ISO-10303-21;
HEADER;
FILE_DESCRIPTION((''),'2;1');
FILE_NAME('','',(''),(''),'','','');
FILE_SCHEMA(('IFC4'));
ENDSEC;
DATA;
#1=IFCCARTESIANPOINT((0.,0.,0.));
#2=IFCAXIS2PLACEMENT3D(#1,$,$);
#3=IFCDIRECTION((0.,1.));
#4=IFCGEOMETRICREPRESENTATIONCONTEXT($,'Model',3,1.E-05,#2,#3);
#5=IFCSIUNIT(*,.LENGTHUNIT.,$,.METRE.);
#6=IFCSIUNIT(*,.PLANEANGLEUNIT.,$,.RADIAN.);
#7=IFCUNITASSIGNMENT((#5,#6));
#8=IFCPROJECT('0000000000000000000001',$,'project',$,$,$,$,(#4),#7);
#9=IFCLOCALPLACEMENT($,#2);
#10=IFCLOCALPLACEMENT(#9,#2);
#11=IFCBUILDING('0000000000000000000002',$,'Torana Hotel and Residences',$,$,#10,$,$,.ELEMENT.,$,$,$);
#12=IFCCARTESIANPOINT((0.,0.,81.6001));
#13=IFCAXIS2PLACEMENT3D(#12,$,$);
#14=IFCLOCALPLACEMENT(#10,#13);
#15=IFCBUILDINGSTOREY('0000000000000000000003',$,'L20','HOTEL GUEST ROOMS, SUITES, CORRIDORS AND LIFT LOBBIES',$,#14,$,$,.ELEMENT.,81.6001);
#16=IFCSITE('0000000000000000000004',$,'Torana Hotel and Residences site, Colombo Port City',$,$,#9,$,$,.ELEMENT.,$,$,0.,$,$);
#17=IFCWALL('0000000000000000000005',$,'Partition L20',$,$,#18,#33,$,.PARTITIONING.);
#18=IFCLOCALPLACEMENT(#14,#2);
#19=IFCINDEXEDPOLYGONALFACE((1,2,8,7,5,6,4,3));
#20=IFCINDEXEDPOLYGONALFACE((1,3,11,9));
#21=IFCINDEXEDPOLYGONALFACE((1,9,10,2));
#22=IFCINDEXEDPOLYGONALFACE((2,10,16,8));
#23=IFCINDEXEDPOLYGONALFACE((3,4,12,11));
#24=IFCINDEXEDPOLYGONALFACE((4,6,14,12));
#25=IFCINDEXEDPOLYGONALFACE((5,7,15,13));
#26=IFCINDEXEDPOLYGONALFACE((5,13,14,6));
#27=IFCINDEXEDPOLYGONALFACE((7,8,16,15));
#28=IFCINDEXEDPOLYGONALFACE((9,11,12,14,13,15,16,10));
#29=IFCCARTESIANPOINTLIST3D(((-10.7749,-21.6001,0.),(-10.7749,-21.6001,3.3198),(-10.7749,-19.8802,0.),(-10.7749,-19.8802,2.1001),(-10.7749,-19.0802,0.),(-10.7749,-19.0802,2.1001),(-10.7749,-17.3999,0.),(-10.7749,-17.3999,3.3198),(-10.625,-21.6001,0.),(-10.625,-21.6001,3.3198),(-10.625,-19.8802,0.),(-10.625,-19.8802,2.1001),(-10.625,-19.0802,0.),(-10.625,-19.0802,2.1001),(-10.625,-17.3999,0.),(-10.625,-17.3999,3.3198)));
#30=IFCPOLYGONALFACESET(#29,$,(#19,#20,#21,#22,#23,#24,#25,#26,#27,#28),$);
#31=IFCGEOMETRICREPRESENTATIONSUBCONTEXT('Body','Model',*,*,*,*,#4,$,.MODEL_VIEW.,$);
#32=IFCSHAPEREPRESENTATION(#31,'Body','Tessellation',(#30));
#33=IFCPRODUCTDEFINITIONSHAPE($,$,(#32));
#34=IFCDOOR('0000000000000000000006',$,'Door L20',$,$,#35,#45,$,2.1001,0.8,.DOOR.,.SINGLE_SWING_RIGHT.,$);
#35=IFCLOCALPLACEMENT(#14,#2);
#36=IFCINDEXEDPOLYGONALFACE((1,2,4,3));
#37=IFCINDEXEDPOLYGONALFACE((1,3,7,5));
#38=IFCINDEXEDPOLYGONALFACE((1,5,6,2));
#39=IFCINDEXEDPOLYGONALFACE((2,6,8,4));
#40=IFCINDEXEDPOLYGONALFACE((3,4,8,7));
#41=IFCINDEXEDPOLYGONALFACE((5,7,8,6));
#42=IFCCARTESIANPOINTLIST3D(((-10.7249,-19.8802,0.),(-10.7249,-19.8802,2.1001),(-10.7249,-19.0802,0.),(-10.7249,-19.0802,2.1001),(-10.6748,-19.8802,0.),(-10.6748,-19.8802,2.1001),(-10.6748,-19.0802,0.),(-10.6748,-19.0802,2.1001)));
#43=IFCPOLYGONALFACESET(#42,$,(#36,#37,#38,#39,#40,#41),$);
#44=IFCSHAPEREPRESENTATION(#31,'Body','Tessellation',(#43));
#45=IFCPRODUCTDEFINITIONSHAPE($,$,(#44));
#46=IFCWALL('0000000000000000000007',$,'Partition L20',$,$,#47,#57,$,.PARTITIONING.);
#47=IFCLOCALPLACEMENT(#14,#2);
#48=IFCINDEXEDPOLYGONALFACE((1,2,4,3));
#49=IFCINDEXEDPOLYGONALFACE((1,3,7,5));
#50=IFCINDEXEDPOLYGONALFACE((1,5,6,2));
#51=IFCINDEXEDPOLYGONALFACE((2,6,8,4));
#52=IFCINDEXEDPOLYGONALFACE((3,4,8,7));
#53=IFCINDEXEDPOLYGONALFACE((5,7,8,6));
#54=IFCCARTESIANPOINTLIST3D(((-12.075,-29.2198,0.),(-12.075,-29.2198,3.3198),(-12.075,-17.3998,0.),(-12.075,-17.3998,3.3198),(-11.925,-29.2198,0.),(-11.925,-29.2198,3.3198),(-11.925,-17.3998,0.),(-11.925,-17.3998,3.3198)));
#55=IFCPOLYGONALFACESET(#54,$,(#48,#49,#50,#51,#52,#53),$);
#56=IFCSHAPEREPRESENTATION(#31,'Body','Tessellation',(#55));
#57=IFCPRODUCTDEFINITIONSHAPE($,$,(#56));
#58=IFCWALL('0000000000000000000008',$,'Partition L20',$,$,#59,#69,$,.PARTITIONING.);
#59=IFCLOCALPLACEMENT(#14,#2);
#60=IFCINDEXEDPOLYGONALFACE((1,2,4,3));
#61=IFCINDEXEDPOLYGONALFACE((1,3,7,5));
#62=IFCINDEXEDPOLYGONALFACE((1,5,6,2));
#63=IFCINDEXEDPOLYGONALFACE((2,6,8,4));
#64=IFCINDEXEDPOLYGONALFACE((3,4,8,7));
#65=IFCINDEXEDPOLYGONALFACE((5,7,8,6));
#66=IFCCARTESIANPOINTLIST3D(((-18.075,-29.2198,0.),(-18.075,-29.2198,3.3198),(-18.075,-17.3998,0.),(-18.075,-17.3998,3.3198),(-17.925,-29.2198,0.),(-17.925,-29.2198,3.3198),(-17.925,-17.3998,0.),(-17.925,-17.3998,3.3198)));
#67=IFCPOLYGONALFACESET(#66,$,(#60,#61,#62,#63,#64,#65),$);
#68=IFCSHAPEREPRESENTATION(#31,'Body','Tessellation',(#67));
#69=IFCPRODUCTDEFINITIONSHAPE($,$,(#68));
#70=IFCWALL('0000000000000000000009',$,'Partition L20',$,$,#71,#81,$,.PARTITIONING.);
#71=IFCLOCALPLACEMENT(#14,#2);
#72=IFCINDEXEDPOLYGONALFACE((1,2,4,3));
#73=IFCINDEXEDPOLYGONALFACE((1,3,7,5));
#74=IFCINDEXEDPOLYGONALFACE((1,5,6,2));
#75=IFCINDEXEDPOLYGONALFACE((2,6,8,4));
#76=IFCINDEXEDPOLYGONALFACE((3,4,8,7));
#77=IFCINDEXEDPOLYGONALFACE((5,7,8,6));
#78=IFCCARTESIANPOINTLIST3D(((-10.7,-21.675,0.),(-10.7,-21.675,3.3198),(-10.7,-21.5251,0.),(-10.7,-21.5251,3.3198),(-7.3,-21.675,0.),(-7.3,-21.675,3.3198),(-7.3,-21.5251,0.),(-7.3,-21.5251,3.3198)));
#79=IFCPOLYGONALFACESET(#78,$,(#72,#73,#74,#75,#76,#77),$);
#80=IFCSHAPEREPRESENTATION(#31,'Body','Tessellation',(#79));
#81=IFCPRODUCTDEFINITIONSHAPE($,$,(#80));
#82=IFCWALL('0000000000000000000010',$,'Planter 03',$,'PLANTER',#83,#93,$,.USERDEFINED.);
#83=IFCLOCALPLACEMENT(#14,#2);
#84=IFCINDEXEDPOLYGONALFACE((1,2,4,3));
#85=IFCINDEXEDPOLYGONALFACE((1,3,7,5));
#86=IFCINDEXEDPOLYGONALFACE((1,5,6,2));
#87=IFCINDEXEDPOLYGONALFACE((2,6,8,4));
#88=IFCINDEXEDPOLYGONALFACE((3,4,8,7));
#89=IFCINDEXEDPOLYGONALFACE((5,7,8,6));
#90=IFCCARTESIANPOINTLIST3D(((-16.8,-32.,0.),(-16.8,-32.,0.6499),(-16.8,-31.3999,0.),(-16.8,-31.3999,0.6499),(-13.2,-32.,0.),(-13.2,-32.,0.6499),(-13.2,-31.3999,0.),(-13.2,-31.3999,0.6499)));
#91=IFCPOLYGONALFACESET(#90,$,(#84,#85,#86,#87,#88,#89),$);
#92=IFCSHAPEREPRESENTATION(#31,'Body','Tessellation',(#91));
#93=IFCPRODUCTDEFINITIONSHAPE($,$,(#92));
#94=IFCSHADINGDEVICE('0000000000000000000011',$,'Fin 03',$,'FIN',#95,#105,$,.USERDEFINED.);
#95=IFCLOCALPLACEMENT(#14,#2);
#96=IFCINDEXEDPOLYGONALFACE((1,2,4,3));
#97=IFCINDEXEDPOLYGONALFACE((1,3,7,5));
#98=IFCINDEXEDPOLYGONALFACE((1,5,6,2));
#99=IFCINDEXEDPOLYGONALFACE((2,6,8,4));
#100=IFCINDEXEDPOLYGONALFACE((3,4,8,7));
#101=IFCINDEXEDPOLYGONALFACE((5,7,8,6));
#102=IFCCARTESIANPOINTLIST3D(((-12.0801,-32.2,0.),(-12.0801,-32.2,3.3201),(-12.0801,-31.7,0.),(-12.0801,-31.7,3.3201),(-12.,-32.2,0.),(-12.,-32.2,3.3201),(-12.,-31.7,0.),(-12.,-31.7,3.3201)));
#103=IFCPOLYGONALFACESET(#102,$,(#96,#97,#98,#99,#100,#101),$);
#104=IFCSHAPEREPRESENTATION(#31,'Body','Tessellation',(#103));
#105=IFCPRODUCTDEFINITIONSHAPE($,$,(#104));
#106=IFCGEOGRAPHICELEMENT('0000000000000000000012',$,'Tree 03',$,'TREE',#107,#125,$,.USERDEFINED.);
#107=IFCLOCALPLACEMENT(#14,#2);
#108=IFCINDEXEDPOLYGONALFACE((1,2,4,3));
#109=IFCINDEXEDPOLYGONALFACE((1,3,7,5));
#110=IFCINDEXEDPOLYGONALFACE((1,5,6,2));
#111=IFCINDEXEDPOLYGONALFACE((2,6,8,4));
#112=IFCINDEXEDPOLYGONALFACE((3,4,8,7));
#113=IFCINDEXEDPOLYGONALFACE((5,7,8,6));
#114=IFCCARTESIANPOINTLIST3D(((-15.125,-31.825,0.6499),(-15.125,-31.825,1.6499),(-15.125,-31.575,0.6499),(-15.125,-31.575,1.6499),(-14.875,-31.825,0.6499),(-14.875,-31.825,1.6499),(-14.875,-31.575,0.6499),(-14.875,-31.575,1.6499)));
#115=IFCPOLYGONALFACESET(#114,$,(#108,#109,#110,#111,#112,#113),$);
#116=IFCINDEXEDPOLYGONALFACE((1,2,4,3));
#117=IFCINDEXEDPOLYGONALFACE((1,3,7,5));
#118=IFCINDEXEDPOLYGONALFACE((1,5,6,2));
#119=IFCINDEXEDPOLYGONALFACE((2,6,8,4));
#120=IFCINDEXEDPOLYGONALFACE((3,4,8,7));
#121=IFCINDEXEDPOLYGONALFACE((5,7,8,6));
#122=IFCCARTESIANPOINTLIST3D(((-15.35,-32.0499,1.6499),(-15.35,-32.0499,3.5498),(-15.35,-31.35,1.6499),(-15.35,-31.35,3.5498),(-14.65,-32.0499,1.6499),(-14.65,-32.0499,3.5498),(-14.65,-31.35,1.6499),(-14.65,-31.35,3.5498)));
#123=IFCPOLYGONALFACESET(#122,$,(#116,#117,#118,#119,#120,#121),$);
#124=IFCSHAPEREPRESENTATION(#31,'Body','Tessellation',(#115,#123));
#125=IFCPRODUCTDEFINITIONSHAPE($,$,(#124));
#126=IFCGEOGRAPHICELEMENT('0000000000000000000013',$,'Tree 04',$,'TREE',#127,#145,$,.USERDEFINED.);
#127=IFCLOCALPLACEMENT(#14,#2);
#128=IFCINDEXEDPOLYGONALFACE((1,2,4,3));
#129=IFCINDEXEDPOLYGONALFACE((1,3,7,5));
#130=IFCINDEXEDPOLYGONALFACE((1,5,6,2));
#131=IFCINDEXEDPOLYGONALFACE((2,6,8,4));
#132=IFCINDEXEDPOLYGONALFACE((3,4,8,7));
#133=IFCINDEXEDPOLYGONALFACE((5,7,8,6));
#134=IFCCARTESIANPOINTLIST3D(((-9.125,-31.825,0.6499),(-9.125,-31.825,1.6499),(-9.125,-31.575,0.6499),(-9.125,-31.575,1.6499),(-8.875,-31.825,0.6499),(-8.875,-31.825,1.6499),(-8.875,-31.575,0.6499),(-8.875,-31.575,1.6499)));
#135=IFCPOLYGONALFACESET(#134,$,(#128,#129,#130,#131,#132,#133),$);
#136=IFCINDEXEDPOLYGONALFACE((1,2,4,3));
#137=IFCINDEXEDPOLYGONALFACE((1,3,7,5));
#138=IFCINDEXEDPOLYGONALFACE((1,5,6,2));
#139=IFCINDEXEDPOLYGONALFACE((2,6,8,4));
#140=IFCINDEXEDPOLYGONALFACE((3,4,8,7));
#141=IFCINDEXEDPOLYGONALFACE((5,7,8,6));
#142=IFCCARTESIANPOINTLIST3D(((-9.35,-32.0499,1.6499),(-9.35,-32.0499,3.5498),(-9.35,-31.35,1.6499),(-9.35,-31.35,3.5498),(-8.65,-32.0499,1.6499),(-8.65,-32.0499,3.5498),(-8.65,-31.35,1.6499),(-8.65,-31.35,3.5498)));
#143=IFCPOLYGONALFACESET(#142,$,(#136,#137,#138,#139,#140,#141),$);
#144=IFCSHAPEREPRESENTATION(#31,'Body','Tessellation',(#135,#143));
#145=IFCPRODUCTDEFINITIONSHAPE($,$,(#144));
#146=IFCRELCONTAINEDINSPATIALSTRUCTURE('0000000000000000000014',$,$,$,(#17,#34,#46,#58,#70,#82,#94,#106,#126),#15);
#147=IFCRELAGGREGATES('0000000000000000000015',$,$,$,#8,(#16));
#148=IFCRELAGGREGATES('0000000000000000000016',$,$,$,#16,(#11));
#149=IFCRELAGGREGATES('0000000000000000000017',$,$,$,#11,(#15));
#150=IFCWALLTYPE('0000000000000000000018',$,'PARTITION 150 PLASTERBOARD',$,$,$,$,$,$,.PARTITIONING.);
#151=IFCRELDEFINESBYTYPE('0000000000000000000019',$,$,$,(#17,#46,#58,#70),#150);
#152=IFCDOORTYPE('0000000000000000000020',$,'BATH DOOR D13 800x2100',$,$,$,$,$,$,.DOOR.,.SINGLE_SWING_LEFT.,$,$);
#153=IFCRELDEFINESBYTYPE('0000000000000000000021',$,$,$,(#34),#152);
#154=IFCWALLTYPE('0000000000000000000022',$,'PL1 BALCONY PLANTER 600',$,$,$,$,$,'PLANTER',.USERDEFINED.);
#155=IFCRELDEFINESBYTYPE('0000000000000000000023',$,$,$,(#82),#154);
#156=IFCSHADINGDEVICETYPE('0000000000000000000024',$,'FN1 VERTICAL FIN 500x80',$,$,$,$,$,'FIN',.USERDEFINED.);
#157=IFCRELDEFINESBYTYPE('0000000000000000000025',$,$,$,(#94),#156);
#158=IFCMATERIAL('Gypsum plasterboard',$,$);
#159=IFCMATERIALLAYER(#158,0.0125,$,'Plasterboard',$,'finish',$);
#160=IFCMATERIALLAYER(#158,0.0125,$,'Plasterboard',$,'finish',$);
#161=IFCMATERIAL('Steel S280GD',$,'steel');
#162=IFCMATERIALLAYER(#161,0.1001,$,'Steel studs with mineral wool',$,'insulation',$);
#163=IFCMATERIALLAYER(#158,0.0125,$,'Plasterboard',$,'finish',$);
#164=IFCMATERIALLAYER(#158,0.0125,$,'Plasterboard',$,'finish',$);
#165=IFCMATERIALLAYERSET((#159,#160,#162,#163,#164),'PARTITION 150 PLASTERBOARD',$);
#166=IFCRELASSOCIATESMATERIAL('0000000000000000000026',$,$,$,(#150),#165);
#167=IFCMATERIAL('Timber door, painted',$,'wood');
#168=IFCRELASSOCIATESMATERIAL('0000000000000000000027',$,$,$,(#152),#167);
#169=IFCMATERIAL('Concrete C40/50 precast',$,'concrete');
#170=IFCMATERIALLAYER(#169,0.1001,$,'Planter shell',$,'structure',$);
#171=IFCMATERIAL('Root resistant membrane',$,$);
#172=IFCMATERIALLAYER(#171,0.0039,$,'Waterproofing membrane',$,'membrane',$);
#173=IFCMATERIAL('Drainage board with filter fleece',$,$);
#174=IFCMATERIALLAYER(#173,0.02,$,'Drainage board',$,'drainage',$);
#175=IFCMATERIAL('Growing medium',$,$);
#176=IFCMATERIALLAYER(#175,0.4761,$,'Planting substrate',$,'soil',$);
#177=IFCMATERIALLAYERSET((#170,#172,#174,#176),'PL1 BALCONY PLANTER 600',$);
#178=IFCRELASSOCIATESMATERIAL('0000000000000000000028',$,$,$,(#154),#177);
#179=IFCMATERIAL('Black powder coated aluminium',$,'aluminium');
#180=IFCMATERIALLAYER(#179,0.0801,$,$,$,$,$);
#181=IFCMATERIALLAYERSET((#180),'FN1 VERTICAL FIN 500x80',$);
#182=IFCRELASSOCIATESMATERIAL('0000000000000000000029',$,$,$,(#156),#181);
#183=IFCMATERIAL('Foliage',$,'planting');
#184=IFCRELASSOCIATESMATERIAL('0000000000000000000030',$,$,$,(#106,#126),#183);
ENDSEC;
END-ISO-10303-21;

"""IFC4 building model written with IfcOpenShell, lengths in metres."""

from ifc_helpers import new_model, si_unit, direction, frame, frame_2d, origin, origin_2d, place, context, subcontext, project, spatial, rectangle, extrude, material, layer, layer_set, type_object, element, fill, save


model = new_model("IFC4")

# Units and contexts
model_context = context("Model", 3, precision=1e-05, world=origin(), true_north=direction((0.0, 1.0)))
body_context = subcontext(model_context, "Body", "Model", "MODEL_VIEW")
ifc_project = project(units=[si_unit("LENGTHUNIT", "METRE"), si_unit("PLANEANGLEUNIT", "RADIAN")], contexts=[model_context])

# Site, building, storey
site_placement = place(None, origin())
site = spatial("IfcSite", under=ifc_project, at=site_placement, Name="Torana Hotel and Residences site, Colombo Port City", CompositionType="ELEMENT", RefElevation=0.0)
building_placement = place(site_placement, origin())
building = spatial("IfcBuilding", under=site, at=building_placement, Name="Torana Hotel and Residences", CompositionType="ELEMENT")
storey_placement = place(building_placement, frame((0.0, 0.0, 81.6001)))
storey = spatial("IfcBuildingStorey", under=building, at=storey_placement, Name="L20", Description="HOTEL GUEST ROOMS, SUITES, CORRIDORS AND LIFT LOBBIES", CompositionType="ELEMENT", Elevation=81.6001)

# Wall, opening, door
ifc_material_1 = material(Name="Gypsum plasterboard")
ifc_layer_1 = layer(ifc_material_1, 0.0125, Name="Plasterboard", Category="finish")
ifc_layer_2 = layer(ifc_material_1, 0.0125, Name="Plasterboard", Category="finish")
ifc_material_2 = material(Name="Steel S280GD", Category="steel")
ifc_layer_3 = layer(ifc_material_2, 0.1001, Name="Steel studs with mineral wool", Category="insulation")
ifc_layer_4 = layer(ifc_material_1, 0.0125, Name="Plasterboard", Category="finish")
ifc_layer_5 = layer(ifc_material_1, 0.0125, Name="Plasterboard", Category="finish")
ifc_layer_set_1 = layer_set([ifc_layer_1, ifc_layer_2, ifc_layer_3, ifc_layer_4, ifc_layer_5], Name="PARTITION 150 PLASTERBOARD")
wall_type_1 = type_object("IfcWallType", Name="PARTITION 150 PLASTERBOARD", PredefinedType="PARTITIONING", material=ifc_layer_set_1)
wall_1_placement = place(storey_placement, frame((-10.7, -21.6001, 0.0), z_axis=(0.0, 0.0, 1.0), x_axis=(0.0, 1.0, 0.0)))
wall_1 = element("IfcWall", 1, at=wall_1_placement, inside=storey, type_object=wall_type_1, Name="Partition L20", PredefinedType="PARTITIONING", context=body_context, shape_type="SweptSolid", body=[
    extrude(rectangle(XDim=4.2002, YDim=0.1499, at=frame_2d((2.1001, 0.0))), origin(), (0.0, 0.0, 1.0), 3.3198),
])
opening_1_placement = place(wall_1_placement, frame((1.72, 0.0, 0.0)))
opening_1 = element("IfcOpeningElement", 2, at=opening_1_placement, cuts=wall_1, PredefinedType="OPENING", context=body_context, shape_type="SweptSolid", body=[
    extrude(rectangle(XDim=0.8, YDim=2.1001, at=frame_2d((0.3999, 1.05))), frame((0.0, 0.085, 0.0), z_axis=(0.0, -1.0, 0.0), x_axis=(1.0, 0.0, 0.0)), (0.0, 0.0, 1.0), 0.1699),
])
ifc_material_3 = material(Name="Timber door, painted", Category="wood")
door_type_1 = type_object("IfcDoorType", Name="BATH DOOR D13 800x2100", OperationType="SINGLE_SWING_LEFT", PredefinedType="DOOR", material=ifc_material_3)
door_1_placement = place(opening_1_placement, origin())
door_1 = element("IfcDoor", 3, at=door_1_placement, inside=storey, type_object=door_type_1, Name="Door L20", OperationType="SINGLE_SWING_RIGHT", OverallHeight=2.1001, OverallWidth=0.8, PredefinedType="DOOR", context=body_context, shape_type="SweptSolid", body=[
    extrude(rectangle(XDim=0.8, YDim=2.1001, at=frame_2d((0.3999, 1.05))), frame((0.0, 0.0249, 0.0), z_axis=(0.0, -1.0, 0.0), x_axis=(1.0, 0.0, 0.0)), (0.0, 0.0, 1.0), 0.05),
])
fill(opening_1, door_1)

# Walls
for number, where, z_axis, x_axis, name in (
    (4, (-12.0, -29.22, 0.0), (0.0, 0.0, 1.0), (0.0, 1.0, 0.0), "Partition L20"),
    (5, (-18.0, -29.22, 0.0), (0.0, 0.0, 1.0), (0.0, 1.0, 0.0), "Partition L20"),
):
    element("IfcWall", number, at=place(storey_placement, frame(where, z_axis=z_axis, x_axis=x_axis)), inside=storey, type_object=wall_type_1, Name=name, PredefinedType="PARTITIONING", context=body_context, shape_type="SweptSolid", body=[
        extrude(rectangle(XDim=11.8201, YDim=0.1499, at=frame_2d((5.9102, 0.0))), origin(), (0.0, 0.0, 1.0), 3.3198),
    ])
wall_2_placement = place(storey_placement, frame((-10.7, -21.6001, 0.0), z_axis=(0.0, 0.0, 1.0), x_axis=(1.0, 0.0, 0.0)))
element("IfcWall", 6, at=wall_2_placement, inside=storey, type_object=wall_type_1, Name="Partition L20", PredefinedType="PARTITIONING", context=body_context, shape_type="SweptSolid", body=[
    extrude(rectangle(XDim=3.3999, YDim=0.1499, at=frame_2d((1.7, 0.0))), origin(), (0.0, 0.0, 1.0), 3.3198),
])
ifc_material_4 = material(Name="Concrete C40/50 precast", Category="concrete")
ifc_layer_6 = layer(ifc_material_4, 0.1001, Name="Planter shell", Category="structure")
ifc_material_5 = material(Name="Root resistant membrane")
ifc_layer_7 = layer(ifc_material_5, 0.0039, Name="Waterproofing membrane", Category="membrane")
ifc_material_6 = material(Name="Drainage board with filter fleece")
ifc_layer_8 = layer(ifc_material_6, 0.02, Name="Drainage board", Category="drainage")
ifc_material_7 = material(Name="Growing medium")
ifc_layer_9 = layer(ifc_material_7, 0.4761, Name="Planting substrate", Category="soil")
ifc_layer_set_2 = layer_set([ifc_layer_6, ifc_layer_7, ifc_layer_8, ifc_layer_9], Name="PL1 BALCONY PLANTER 600")
wall_type_2 = type_object("IfcWallType", Name="PL1 BALCONY PLANTER 600", ElementType="PLANTER", PredefinedType="USERDEFINED", material=ifc_layer_set_2)
wall_3_placement = place(storey_placement, frame((-13.2, -31.7, 0.0), z_axis=(0.0, 0.0, 1.0), x_axis=(-1.0, 0.0, 0.0)))
element("IfcWall", 7, at=wall_3_placement, inside=storey, type_object=wall_type_2, Name="Planter 03", ObjectType="PLANTER", PredefinedType="USERDEFINED", context=body_context, shape_type="SweptSolid", body=[
    extrude(rectangle(XDim=3.6001, YDim=0.6001, at=frame_2d((1.8, 0.0))), origin(), (0.0, 0.0, 1.0), 0.6499),
])

# Shading device
ifc_material_8 = material(Name="Black powder coated aluminium", Category="aluminium")
ifc_layer_10 = layer(ifc_material_8, 0.0801)
ifc_layer_set_3 = layer_set([ifc_layer_10], Name="FN1 VERTICAL FIN 500x80")
shading_device_type = type_object("IfcShadingDeviceType", Name="FN1 VERTICAL FIN 500x80", ElementType="FIN", PredefinedType="USERDEFINED", material=ifc_layer_set_3)
shading_device_placement = place(storey_placement, frame((-12.04, -31.95, 0.0), z_axis=(0.0, 0.0, 1.0), x_axis=(-1.0, 0.0, 0.0)))
element("IfcShadingDevice", 8, at=shading_device_placement, inside=storey, type_object=shading_device_type, Name="Fin 03", ObjectType="FIN", PredefinedType="USERDEFINED", context=body_context, shape_type="SweptSolid", body=[
    extrude(rectangle(XDim=0.0801, YDim=0.5, at=origin_2d()), origin(), (0.0, 0.0, 1.0), 3.3201),
])

# Geographic elements
ifc_material_9 = material(Name="Foliage", Category="planting")
for number, where, z_axis, x_axis, name in (
    (9, (-15.0, -31.7, 0.6499), (0.0, 0.0, 1.0), (1.0, 0.0, 0.0), "Tree 03"),
    (10, (-9.0, -31.7, 0.6499), (0.0, 0.0, 1.0), (1.0, 0.0, 0.0), "Tree 04"),
):
    element("IfcGeographicElement", number, at=place(storey_placement, frame(where, z_axis=z_axis, x_axis=x_axis)), inside=storey, material=ifc_material_9, Name=name, ObjectType="TREE", PredefinedType="USERDEFINED", context=body_context, shape_type="SweptSolid", body=[
        extrude(rectangle(XDim=0.25, YDim=0.25, at=origin_2d()), origin(), (0.0, 0.0, 1.0), 1.0),
        extrude(rectangle(XDim=0.7, YDim=0.7, at=origin_2d()), frame((0.0, 0.0, 1.0)), (0.0, 0.0, 1.0), 1.8999),
    ])

save(model, "model.ifc")
